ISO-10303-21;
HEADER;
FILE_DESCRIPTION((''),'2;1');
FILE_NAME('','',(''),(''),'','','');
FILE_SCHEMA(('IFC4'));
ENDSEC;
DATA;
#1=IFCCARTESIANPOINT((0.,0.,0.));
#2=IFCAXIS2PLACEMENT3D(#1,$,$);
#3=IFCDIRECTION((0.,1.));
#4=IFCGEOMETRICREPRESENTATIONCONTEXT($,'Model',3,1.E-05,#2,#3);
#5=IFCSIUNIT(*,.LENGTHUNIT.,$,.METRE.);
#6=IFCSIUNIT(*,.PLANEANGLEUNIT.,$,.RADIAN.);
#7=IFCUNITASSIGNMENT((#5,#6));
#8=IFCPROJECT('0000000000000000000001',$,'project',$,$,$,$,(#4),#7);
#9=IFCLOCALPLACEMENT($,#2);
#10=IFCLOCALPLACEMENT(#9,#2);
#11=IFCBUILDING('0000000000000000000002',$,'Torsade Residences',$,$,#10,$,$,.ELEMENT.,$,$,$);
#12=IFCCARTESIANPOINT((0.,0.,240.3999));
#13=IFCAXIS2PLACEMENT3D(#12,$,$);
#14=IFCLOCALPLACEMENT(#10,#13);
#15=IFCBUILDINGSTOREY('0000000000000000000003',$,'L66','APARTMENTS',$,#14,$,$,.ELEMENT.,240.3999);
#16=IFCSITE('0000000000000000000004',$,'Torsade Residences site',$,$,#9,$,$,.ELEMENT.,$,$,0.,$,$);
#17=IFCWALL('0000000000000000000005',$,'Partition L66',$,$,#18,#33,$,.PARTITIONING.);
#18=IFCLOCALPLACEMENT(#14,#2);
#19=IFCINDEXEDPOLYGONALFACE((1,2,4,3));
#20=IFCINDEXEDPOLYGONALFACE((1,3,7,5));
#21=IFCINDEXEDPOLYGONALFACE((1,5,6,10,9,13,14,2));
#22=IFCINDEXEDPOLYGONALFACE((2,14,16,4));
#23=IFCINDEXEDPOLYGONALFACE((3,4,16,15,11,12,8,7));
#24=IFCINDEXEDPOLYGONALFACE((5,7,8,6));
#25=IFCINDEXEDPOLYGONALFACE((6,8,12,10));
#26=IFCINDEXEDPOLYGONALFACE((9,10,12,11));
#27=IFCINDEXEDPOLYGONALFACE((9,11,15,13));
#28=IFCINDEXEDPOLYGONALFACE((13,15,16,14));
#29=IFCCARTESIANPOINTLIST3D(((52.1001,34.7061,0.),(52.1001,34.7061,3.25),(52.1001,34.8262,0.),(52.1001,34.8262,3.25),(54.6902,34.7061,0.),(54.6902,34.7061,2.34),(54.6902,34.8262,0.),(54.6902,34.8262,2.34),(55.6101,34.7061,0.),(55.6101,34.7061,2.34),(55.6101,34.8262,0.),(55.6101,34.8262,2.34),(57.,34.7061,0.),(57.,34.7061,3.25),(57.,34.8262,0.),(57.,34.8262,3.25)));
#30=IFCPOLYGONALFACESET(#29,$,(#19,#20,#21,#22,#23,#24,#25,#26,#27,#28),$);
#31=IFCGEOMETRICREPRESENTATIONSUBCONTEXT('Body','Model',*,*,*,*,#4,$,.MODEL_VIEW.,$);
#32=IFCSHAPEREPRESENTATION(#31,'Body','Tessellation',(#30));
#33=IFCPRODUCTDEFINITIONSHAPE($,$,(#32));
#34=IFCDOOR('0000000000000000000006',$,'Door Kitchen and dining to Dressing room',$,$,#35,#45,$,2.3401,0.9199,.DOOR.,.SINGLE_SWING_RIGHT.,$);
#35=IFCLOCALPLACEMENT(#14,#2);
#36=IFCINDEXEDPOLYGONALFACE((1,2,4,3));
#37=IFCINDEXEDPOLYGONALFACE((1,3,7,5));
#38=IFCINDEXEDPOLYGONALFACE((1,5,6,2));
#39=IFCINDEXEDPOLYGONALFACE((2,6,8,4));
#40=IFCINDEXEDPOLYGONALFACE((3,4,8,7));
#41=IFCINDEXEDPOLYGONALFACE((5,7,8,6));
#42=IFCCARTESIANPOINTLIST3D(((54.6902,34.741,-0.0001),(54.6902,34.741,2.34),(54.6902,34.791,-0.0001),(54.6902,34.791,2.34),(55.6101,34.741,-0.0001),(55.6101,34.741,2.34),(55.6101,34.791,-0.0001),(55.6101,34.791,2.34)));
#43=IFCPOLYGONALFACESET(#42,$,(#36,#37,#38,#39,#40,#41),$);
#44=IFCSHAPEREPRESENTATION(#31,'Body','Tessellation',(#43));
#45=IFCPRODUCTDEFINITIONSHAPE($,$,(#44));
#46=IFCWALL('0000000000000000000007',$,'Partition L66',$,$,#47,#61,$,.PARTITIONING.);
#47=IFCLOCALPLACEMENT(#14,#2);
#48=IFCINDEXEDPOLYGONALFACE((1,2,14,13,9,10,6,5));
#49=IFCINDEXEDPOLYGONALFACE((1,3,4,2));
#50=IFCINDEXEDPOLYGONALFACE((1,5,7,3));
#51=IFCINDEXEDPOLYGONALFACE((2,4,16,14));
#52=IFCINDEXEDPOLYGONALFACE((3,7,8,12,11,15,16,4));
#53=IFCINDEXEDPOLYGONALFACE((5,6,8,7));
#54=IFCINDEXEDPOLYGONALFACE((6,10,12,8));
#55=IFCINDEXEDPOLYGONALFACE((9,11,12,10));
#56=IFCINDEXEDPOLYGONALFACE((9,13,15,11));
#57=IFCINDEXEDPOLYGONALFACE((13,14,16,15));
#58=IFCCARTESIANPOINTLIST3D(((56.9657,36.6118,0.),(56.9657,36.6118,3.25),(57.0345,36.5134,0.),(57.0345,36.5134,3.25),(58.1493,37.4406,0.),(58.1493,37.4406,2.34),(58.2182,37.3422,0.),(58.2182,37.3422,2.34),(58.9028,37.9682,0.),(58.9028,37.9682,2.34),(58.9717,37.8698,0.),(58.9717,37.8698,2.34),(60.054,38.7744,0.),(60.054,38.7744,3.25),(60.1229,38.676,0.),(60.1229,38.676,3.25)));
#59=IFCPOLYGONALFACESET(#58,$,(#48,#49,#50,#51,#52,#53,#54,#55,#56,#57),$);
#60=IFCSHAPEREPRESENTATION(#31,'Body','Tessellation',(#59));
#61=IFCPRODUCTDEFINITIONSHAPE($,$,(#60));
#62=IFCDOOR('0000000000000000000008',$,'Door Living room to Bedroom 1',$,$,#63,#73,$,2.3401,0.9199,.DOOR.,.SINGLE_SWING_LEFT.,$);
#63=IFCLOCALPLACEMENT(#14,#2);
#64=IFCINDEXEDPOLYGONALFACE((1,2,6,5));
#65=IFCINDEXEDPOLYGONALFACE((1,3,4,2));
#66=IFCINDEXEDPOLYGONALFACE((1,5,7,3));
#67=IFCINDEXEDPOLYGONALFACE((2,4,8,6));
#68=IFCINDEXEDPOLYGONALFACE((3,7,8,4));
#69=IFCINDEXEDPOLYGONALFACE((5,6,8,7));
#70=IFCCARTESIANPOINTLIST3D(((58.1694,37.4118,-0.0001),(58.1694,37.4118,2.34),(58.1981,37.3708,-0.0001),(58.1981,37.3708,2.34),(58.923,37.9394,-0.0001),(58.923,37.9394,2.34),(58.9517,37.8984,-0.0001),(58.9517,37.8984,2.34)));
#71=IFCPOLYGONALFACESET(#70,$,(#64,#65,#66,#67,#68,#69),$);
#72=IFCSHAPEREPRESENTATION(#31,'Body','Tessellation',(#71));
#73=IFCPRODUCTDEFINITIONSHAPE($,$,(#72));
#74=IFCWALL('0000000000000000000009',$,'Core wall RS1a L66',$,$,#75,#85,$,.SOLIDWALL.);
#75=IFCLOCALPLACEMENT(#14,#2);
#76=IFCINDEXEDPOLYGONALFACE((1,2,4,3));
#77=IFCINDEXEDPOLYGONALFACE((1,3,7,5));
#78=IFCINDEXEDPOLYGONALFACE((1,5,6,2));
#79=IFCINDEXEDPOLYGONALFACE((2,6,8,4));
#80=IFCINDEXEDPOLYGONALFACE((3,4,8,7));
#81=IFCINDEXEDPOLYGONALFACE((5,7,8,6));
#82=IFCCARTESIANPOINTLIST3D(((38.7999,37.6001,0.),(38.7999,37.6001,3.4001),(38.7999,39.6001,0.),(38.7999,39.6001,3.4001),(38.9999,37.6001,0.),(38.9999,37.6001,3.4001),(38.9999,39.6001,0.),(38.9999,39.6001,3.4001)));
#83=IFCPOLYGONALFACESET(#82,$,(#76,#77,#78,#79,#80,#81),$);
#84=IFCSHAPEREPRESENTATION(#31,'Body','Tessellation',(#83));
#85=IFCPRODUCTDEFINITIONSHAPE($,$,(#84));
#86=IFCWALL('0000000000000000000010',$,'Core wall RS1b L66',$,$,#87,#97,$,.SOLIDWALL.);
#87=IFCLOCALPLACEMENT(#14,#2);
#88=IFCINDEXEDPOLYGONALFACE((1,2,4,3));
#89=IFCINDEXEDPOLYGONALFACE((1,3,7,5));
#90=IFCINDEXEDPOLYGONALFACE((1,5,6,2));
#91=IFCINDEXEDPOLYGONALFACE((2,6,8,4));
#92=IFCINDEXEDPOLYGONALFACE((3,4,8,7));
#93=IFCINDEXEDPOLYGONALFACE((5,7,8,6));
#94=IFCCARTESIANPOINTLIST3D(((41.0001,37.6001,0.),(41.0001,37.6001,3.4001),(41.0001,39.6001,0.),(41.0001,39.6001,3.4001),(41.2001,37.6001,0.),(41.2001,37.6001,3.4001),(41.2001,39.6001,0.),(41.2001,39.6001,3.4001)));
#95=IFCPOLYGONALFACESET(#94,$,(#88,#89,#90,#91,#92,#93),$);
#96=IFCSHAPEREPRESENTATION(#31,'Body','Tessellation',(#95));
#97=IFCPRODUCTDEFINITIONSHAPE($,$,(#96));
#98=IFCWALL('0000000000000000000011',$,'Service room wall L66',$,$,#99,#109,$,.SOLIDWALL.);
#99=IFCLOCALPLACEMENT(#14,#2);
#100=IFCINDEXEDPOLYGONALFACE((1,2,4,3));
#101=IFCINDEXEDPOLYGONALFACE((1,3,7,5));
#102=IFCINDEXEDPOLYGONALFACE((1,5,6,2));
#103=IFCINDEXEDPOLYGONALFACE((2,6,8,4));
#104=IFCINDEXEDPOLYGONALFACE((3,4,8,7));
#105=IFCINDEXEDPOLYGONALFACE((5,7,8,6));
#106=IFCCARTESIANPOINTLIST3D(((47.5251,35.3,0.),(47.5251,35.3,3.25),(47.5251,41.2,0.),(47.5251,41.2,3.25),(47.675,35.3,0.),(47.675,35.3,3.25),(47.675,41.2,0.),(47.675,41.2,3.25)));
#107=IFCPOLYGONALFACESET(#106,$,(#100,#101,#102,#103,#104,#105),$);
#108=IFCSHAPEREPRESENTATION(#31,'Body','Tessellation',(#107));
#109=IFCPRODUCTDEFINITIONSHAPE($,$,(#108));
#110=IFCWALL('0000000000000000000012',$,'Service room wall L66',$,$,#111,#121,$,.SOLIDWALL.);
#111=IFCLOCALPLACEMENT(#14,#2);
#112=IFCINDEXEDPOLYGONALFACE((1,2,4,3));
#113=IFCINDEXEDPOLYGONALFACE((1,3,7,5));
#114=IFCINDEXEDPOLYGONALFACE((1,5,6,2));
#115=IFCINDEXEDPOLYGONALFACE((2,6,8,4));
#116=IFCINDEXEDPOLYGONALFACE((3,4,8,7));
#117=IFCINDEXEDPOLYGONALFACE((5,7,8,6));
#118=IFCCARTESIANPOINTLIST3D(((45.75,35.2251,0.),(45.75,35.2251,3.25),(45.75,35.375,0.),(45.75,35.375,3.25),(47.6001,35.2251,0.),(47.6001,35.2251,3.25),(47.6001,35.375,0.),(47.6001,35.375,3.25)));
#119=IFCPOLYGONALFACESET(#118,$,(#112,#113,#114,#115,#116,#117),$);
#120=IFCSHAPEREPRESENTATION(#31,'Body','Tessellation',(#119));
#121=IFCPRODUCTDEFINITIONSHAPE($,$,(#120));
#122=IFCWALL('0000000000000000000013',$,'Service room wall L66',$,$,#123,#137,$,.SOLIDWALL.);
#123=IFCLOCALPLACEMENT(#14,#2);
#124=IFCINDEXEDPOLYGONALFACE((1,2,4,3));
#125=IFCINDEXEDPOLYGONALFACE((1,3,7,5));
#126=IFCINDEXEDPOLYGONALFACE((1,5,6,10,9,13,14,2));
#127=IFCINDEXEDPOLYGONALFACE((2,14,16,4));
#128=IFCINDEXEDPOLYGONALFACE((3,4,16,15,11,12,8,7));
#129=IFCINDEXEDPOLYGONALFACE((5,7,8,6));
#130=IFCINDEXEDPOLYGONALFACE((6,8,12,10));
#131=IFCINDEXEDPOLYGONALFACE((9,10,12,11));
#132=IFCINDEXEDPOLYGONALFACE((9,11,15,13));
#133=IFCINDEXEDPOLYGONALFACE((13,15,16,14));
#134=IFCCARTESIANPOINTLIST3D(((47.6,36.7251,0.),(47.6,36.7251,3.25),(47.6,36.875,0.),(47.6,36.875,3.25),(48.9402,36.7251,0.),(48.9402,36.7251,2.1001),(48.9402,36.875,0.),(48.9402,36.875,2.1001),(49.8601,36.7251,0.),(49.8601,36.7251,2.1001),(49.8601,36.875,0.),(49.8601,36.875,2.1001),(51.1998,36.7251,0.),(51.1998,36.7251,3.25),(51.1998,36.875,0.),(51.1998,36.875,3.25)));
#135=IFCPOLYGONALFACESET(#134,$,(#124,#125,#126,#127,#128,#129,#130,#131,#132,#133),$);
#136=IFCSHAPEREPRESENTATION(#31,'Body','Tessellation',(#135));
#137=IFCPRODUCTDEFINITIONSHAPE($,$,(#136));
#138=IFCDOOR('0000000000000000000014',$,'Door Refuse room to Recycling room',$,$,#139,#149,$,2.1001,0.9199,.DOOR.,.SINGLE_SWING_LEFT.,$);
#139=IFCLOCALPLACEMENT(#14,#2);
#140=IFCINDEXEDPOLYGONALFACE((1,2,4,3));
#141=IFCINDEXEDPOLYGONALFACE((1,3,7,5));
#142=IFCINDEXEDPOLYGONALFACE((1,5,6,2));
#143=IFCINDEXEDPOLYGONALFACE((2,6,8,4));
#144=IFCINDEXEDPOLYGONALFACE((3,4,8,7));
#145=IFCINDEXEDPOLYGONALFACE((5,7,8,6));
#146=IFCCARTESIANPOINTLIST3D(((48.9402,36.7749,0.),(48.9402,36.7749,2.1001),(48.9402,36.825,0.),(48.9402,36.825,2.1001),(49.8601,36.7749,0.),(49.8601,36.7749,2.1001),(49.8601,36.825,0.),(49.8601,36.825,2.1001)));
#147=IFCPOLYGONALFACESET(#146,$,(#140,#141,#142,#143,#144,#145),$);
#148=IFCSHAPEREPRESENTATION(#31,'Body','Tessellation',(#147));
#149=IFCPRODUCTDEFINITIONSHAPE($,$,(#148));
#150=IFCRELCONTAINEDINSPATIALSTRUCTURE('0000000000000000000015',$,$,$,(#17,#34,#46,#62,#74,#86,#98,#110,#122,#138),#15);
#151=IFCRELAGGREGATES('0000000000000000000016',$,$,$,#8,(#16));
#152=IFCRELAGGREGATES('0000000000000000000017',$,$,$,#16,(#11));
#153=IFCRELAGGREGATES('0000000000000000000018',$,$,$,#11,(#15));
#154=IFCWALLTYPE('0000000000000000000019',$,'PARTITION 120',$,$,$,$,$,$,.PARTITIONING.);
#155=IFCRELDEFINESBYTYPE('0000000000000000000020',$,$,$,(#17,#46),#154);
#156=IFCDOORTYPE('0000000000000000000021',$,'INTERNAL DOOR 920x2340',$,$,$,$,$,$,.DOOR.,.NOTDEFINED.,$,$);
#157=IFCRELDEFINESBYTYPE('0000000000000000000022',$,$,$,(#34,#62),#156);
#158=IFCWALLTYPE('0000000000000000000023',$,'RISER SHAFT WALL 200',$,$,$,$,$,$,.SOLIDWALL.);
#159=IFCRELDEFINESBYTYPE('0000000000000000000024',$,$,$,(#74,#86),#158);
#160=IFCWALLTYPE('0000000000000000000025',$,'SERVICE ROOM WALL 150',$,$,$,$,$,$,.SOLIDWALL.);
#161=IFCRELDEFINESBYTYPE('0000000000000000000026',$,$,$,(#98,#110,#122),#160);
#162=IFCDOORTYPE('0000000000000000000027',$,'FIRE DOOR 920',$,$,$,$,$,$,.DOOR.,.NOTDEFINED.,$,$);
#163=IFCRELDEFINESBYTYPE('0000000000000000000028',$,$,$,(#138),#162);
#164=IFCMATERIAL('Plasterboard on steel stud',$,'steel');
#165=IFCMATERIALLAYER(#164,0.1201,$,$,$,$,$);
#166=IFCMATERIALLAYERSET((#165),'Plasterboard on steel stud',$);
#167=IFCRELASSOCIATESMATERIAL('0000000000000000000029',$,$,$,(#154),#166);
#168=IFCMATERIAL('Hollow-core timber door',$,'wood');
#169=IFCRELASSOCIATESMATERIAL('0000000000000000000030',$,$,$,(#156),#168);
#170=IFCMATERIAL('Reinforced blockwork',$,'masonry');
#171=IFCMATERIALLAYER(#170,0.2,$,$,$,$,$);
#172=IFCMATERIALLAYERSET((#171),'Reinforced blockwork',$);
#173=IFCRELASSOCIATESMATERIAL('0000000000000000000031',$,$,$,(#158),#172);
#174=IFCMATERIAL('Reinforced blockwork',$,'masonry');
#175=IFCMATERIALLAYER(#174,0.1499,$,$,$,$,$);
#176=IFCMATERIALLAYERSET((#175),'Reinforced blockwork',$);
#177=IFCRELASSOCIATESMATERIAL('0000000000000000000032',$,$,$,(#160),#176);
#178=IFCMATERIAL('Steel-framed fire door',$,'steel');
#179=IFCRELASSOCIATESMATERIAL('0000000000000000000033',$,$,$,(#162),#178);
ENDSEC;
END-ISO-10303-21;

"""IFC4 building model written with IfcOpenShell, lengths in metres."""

from ifc_helpers import new_model, si_unit, direction, frame, frame_2d, origin, place, context, subcontext, project, spatial, rectangle, extrude, material, layer, layer_set, type_object, element, fill, save


model = new_model("IFC4")

# Units and contexts
model_context = context("Model", 3, precision=1e-05, world=origin(), true_north=direction((0.0, 1.0)))
body_context = subcontext(model_context, "Body", "Model", "MODEL_VIEW")
ifc_project = project(units=[si_unit("LENGTHUNIT", "METRE"), si_unit("PLANEANGLEUNIT", "RADIAN")], contexts=[model_context])

# Site, building, storey
site_placement = place(None, origin())
site = spatial("IfcSite", under=ifc_project, at=site_placement, Name="Torsade Residences site", CompositionType="ELEMENT", RefElevation=0.0)
building_placement = place(site_placement, origin())
building = spatial("IfcBuilding", under=site, at=building_placement, Name="Torsade Residences", CompositionType="ELEMENT")
storey_placement = place(building_placement, frame((0.0, 0.0, 240.3999)))
storey = spatial("IfcBuildingStorey", under=building, at=storey_placement, Name="L66", Description="APARTMENTS", CompositionType="ELEMENT", Elevation=240.3999)

# Walls, openings, doors
ifc_material_1 = material(Name="Plasterboard on steel stud", Category="steel")
ifc_layer_1 = layer(ifc_material_1, 0.1201)
ifc_layer_set_1 = layer_set([ifc_layer_1], Name="Plasterboard on steel stud")
wall_type_1 = type_object("IfcWallType", Name="PARTITION 120", PredefinedType="PARTITIONING", material=ifc_layer_set_1)
ifc_material_2 = material(Name="Hollow-core timber door", Category="wood")
door_type_1 = type_object("IfcDoorType", Name="INTERNAL DOOR 920x2340", OperationType="NOTDEFINED", PredefinedType="DOOR", material=ifc_material_2)
wall_1_placement = place(storey_placement, frame((52.1001, 34.7661, 0.0), z_axis=(0.0, 0.0, 1.0), x_axis=(1.0, 0.0, 0.0)))
wall_1 = element("IfcWall", 1, at=wall_1_placement, inside=storey, type_object=wall_type_1, Name="Partition L66", PredefinedType="PARTITIONING", context=body_context, shape_type="SweptSolid", body=[
    extrude(rectangle(XDim=4.8999, YDim=0.1201, at=frame_2d((2.45, 0.0))), origin(), (0.0, 0.0, 1.0), 3.25),
])
opening_1_placement = place(wall_1_placement, frame((2.5901, 0.0, 0.0)))
opening_1 = element("IfcOpeningElement", 2, at=opening_1_placement, cuts=wall_1, PredefinedType="OPENING", context=body_context, shape_type="SweptSolid", body=[
    extrude(rectangle(XDim=0.9199, YDim=2.3401, at=frame_2d((0.46, 1.1699))), frame((0.0, 0.0701, 0.0), z_axis=(0.0, -1.0, 0.0), x_axis=(1.0, 0.0, 0.0)), (0.0, 0.0, 1.0), 0.1401),
])
door_1_placement = place(opening_1_placement, origin())
door_1 = element("IfcDoor", 3, at=door_1_placement, inside=storey, type_object=door_type_1, Name="Door Kitchen and dining to Dressing room", OperationType="SINGLE_SWING_RIGHT", OverallHeight=2.3401, OverallWidth=0.9199, PredefinedType="DOOR", context=body_context, shape_type="SweptSolid", body=[
    extrude(rectangle(XDim=0.9199, YDim=2.3401, at=frame_2d((0.46, 1.1699))), frame((0.0, 0.0249, 0.0), z_axis=(0.0, -1.0, 0.0), x_axis=(1.0, 0.0, 0.0)), (0.0, 0.0, 1.0), 0.05),
])
fill(opening_1, door_1)
wall_2_placement = place(storey_placement, frame((57.0, 36.5625, 0.0), z_axis=(0.0, 0.0, 1.0), x_axis=(0.819141, 0.573593, 0.0)))
wall_2 = element("IfcWall", 4, at=wall_2_placement, inside=storey, type_object=wall_type_1, Name="Partition L66", PredefinedType="PARTITIONING", context=body_context, shape_type="SweptSolid", body=[
    extrude(rectangle(XDim=3.7703, YDim=0.1201, at=frame_2d((1.8853, 0.0))), origin(), (0.0, 0.0, 1.0), 3.25),
])
opening_2_placement = place(wall_2_placement, frame((1.4451, 0.0, 0.0)))
opening_2 = element("IfcOpeningElement", 5, at=opening_2_placement, cuts=wall_2, PredefinedType="OPENING", context=body_context, shape_type="SweptSolid", body=[
    extrude(rectangle(XDim=0.9199, YDim=2.3401, at=frame_2d((0.46, 1.1699))), frame((0.0, 0.0701, 0.0), z_axis=(0.0, -1.0, 0.0), x_axis=(1.0, 0.0, 0.0)), (0.0, 0.0, 1.0), 0.1401),
])
door_2_placement = place(opening_2_placement, origin())
door_2 = element("IfcDoor", 6, at=door_2_placement, inside=storey, type_object=door_type_1, Name="Door Living room to Bedroom 1", OperationType="SINGLE_SWING_LEFT", OverallHeight=2.3401, OverallWidth=0.9199, PredefinedType="DOOR", context=body_context, shape_type="SweptSolid", body=[
    extrude(rectangle(XDim=0.9199, YDim=2.3401, at=frame_2d((0.46, 1.1699))), frame((0.0, 0.0249, 0.0), z_axis=(0.0, -1.0, 0.0), x_axis=(1.0, 0.0, 0.0)), (0.0, 0.0, 1.0), 0.05),
])
fill(opening_2, door_2)

# Walls
ifc_material_3 = material(Name="Reinforced blockwork", Category="masonry")
ifc_layer_2 = layer(ifc_material_3, 0.2)
ifc_layer_set_2 = layer_set([ifc_layer_2], Name="Reinforced blockwork")
wall_type_2 = type_object("IfcWallType", Name="RISER SHAFT WALL 200", PredefinedType="SOLIDWALL", material=ifc_layer_set_2)
for number, where, z_axis, x_axis, name in (
    (7, (38.8999, 37.6001, 0.0), (0.0, 0.0, 1.0), (0.0, 1.0, 0.0), "Core wall RS1a L66"),
    (8, (41.1001, 37.6001, 0.0), (0.0, 0.0, 1.0), (0.0, 1.0, 0.0), "Core wall RS1b L66"),
):
    element("IfcWall", number, at=place(storey_placement, frame(where, z_axis=z_axis, x_axis=x_axis)), inside=storey, type_object=wall_type_2, Name=name, PredefinedType="SOLIDWALL", context=body_context, shape_type="SweptSolid", body=[
        extrude(rectangle(XDim=2.0, YDim=0.2, at=frame_2d((1.0, 0.0))), origin(), (0.0, 0.0, 1.0), 3.4001),
    ])
ifc_material_4 = material(Name="Reinforced blockwork", Category="masonry")
ifc_layer_3 = layer(ifc_material_4, 0.1499)
ifc_layer_set_3 = layer_set([ifc_layer_3], Name="Reinforced blockwork")
wall_type_3 = type_object("IfcWallType", Name="SERVICE ROOM WALL 150", PredefinedType="SOLIDWALL", material=ifc_layer_set_3)
wall_3_placement = place(storey_placement, frame((47.6001, 41.2, 0.0), z_axis=(0.0, 0.0, 1.0), x_axis=(0.0, -1.0, 0.0)))
element("IfcWall", 9, at=wall_3_placement, inside=storey, type_object=wall_type_3, Name="Service room wall L66", PredefinedType="SOLIDWALL", context=body_context, shape_type="SweptSolid", body=[
    extrude(rectangle(XDim=5.8999, YDim=0.1499, at=frame_2d((2.95, 0.0))), origin(), (0.0, 0.0, 1.0), 3.25),
])
wall_4_placement = place(storey_placement, frame((47.6001, 35.3, 0.0), z_axis=(0.0, 0.0, 1.0), x_axis=(-1.0, 0.0, 0.0)))
element("IfcWall", 10, at=wall_4_placement, inside=storey, type_object=wall_type_3, Name="Service room wall L66", PredefinedType="SOLIDWALL", context=body_context, shape_type="SweptSolid", body=[
    extrude(rectangle(XDim=1.8501, YDim=0.1499, at=frame_2d((0.925, 0.0))), origin(), (0.0, 0.0, 1.0), 3.25),
])

# Wall, opening, door
wall_5_placement = place(storey_placement, frame((47.6001, 36.8, 0.0), z_axis=(0.0, 0.0, 1.0), x_axis=(1.0, 0.0, 0.0)))
wall_5 = element("IfcWall", 11, at=wall_5_placement, inside=storey, type_object=wall_type_3, Name="Service room wall L66", PredefinedType="SOLIDWALL", context=body_context, shape_type="SweptSolid", body=[
    extrude(rectangle(XDim=3.5999, YDim=0.1499, at=frame_2d((1.7998, 0.0))), origin(), (0.0, 0.0, 1.0), 3.25),
])
opening_3_placement = place(wall_5_placement, frame((1.3401, 0.0, 0.0)))
opening_3 = element("IfcOpeningElement", 12, at=opening_3_placement, cuts=wall_5, PredefinedType="OPENING", context=body_context, shape_type="SweptSolid", body=[
    extrude(rectangle(XDim=0.9199, YDim=2.1001, at=frame_2d((0.46, 1.05))), frame((0.0, 0.085, 0.0), z_axis=(0.0, -1.0, 0.0), x_axis=(1.0, 0.0, 0.0)), (0.0, 0.0, 1.0), 0.1699),
])
ifc_material_5 = material(Name="Steel-framed fire door", Category="steel")
door_type_2 = type_object("IfcDoorType", Name="FIRE DOOR 920", OperationType="NOTDEFINED", PredefinedType="DOOR", material=ifc_material_5)
door_3_placement = place(opening_3_placement, origin())
door_3 = element("IfcDoor", 13, at=door_3_placement, inside=storey, type_object=door_type_2, Name="Door Refuse room to Recycling room", OperationType="SINGLE_SWING_LEFT", OverallHeight=2.1001, OverallWidth=0.9199, PredefinedType="DOOR", context=body_context, shape_type="SweptSolid", body=[
    extrude(rectangle(XDim=0.9199, YDim=2.1001, at=frame_2d((0.46, 1.05))), frame((0.0, 0.0249, 0.0), z_axis=(0.0, -1.0, 0.0), x_axis=(1.0, 0.0, 0.0)), (0.0, 0.0, 1.0), 0.05),
])
fill(opening_3, door_3)

save(model, "model.ifc")
